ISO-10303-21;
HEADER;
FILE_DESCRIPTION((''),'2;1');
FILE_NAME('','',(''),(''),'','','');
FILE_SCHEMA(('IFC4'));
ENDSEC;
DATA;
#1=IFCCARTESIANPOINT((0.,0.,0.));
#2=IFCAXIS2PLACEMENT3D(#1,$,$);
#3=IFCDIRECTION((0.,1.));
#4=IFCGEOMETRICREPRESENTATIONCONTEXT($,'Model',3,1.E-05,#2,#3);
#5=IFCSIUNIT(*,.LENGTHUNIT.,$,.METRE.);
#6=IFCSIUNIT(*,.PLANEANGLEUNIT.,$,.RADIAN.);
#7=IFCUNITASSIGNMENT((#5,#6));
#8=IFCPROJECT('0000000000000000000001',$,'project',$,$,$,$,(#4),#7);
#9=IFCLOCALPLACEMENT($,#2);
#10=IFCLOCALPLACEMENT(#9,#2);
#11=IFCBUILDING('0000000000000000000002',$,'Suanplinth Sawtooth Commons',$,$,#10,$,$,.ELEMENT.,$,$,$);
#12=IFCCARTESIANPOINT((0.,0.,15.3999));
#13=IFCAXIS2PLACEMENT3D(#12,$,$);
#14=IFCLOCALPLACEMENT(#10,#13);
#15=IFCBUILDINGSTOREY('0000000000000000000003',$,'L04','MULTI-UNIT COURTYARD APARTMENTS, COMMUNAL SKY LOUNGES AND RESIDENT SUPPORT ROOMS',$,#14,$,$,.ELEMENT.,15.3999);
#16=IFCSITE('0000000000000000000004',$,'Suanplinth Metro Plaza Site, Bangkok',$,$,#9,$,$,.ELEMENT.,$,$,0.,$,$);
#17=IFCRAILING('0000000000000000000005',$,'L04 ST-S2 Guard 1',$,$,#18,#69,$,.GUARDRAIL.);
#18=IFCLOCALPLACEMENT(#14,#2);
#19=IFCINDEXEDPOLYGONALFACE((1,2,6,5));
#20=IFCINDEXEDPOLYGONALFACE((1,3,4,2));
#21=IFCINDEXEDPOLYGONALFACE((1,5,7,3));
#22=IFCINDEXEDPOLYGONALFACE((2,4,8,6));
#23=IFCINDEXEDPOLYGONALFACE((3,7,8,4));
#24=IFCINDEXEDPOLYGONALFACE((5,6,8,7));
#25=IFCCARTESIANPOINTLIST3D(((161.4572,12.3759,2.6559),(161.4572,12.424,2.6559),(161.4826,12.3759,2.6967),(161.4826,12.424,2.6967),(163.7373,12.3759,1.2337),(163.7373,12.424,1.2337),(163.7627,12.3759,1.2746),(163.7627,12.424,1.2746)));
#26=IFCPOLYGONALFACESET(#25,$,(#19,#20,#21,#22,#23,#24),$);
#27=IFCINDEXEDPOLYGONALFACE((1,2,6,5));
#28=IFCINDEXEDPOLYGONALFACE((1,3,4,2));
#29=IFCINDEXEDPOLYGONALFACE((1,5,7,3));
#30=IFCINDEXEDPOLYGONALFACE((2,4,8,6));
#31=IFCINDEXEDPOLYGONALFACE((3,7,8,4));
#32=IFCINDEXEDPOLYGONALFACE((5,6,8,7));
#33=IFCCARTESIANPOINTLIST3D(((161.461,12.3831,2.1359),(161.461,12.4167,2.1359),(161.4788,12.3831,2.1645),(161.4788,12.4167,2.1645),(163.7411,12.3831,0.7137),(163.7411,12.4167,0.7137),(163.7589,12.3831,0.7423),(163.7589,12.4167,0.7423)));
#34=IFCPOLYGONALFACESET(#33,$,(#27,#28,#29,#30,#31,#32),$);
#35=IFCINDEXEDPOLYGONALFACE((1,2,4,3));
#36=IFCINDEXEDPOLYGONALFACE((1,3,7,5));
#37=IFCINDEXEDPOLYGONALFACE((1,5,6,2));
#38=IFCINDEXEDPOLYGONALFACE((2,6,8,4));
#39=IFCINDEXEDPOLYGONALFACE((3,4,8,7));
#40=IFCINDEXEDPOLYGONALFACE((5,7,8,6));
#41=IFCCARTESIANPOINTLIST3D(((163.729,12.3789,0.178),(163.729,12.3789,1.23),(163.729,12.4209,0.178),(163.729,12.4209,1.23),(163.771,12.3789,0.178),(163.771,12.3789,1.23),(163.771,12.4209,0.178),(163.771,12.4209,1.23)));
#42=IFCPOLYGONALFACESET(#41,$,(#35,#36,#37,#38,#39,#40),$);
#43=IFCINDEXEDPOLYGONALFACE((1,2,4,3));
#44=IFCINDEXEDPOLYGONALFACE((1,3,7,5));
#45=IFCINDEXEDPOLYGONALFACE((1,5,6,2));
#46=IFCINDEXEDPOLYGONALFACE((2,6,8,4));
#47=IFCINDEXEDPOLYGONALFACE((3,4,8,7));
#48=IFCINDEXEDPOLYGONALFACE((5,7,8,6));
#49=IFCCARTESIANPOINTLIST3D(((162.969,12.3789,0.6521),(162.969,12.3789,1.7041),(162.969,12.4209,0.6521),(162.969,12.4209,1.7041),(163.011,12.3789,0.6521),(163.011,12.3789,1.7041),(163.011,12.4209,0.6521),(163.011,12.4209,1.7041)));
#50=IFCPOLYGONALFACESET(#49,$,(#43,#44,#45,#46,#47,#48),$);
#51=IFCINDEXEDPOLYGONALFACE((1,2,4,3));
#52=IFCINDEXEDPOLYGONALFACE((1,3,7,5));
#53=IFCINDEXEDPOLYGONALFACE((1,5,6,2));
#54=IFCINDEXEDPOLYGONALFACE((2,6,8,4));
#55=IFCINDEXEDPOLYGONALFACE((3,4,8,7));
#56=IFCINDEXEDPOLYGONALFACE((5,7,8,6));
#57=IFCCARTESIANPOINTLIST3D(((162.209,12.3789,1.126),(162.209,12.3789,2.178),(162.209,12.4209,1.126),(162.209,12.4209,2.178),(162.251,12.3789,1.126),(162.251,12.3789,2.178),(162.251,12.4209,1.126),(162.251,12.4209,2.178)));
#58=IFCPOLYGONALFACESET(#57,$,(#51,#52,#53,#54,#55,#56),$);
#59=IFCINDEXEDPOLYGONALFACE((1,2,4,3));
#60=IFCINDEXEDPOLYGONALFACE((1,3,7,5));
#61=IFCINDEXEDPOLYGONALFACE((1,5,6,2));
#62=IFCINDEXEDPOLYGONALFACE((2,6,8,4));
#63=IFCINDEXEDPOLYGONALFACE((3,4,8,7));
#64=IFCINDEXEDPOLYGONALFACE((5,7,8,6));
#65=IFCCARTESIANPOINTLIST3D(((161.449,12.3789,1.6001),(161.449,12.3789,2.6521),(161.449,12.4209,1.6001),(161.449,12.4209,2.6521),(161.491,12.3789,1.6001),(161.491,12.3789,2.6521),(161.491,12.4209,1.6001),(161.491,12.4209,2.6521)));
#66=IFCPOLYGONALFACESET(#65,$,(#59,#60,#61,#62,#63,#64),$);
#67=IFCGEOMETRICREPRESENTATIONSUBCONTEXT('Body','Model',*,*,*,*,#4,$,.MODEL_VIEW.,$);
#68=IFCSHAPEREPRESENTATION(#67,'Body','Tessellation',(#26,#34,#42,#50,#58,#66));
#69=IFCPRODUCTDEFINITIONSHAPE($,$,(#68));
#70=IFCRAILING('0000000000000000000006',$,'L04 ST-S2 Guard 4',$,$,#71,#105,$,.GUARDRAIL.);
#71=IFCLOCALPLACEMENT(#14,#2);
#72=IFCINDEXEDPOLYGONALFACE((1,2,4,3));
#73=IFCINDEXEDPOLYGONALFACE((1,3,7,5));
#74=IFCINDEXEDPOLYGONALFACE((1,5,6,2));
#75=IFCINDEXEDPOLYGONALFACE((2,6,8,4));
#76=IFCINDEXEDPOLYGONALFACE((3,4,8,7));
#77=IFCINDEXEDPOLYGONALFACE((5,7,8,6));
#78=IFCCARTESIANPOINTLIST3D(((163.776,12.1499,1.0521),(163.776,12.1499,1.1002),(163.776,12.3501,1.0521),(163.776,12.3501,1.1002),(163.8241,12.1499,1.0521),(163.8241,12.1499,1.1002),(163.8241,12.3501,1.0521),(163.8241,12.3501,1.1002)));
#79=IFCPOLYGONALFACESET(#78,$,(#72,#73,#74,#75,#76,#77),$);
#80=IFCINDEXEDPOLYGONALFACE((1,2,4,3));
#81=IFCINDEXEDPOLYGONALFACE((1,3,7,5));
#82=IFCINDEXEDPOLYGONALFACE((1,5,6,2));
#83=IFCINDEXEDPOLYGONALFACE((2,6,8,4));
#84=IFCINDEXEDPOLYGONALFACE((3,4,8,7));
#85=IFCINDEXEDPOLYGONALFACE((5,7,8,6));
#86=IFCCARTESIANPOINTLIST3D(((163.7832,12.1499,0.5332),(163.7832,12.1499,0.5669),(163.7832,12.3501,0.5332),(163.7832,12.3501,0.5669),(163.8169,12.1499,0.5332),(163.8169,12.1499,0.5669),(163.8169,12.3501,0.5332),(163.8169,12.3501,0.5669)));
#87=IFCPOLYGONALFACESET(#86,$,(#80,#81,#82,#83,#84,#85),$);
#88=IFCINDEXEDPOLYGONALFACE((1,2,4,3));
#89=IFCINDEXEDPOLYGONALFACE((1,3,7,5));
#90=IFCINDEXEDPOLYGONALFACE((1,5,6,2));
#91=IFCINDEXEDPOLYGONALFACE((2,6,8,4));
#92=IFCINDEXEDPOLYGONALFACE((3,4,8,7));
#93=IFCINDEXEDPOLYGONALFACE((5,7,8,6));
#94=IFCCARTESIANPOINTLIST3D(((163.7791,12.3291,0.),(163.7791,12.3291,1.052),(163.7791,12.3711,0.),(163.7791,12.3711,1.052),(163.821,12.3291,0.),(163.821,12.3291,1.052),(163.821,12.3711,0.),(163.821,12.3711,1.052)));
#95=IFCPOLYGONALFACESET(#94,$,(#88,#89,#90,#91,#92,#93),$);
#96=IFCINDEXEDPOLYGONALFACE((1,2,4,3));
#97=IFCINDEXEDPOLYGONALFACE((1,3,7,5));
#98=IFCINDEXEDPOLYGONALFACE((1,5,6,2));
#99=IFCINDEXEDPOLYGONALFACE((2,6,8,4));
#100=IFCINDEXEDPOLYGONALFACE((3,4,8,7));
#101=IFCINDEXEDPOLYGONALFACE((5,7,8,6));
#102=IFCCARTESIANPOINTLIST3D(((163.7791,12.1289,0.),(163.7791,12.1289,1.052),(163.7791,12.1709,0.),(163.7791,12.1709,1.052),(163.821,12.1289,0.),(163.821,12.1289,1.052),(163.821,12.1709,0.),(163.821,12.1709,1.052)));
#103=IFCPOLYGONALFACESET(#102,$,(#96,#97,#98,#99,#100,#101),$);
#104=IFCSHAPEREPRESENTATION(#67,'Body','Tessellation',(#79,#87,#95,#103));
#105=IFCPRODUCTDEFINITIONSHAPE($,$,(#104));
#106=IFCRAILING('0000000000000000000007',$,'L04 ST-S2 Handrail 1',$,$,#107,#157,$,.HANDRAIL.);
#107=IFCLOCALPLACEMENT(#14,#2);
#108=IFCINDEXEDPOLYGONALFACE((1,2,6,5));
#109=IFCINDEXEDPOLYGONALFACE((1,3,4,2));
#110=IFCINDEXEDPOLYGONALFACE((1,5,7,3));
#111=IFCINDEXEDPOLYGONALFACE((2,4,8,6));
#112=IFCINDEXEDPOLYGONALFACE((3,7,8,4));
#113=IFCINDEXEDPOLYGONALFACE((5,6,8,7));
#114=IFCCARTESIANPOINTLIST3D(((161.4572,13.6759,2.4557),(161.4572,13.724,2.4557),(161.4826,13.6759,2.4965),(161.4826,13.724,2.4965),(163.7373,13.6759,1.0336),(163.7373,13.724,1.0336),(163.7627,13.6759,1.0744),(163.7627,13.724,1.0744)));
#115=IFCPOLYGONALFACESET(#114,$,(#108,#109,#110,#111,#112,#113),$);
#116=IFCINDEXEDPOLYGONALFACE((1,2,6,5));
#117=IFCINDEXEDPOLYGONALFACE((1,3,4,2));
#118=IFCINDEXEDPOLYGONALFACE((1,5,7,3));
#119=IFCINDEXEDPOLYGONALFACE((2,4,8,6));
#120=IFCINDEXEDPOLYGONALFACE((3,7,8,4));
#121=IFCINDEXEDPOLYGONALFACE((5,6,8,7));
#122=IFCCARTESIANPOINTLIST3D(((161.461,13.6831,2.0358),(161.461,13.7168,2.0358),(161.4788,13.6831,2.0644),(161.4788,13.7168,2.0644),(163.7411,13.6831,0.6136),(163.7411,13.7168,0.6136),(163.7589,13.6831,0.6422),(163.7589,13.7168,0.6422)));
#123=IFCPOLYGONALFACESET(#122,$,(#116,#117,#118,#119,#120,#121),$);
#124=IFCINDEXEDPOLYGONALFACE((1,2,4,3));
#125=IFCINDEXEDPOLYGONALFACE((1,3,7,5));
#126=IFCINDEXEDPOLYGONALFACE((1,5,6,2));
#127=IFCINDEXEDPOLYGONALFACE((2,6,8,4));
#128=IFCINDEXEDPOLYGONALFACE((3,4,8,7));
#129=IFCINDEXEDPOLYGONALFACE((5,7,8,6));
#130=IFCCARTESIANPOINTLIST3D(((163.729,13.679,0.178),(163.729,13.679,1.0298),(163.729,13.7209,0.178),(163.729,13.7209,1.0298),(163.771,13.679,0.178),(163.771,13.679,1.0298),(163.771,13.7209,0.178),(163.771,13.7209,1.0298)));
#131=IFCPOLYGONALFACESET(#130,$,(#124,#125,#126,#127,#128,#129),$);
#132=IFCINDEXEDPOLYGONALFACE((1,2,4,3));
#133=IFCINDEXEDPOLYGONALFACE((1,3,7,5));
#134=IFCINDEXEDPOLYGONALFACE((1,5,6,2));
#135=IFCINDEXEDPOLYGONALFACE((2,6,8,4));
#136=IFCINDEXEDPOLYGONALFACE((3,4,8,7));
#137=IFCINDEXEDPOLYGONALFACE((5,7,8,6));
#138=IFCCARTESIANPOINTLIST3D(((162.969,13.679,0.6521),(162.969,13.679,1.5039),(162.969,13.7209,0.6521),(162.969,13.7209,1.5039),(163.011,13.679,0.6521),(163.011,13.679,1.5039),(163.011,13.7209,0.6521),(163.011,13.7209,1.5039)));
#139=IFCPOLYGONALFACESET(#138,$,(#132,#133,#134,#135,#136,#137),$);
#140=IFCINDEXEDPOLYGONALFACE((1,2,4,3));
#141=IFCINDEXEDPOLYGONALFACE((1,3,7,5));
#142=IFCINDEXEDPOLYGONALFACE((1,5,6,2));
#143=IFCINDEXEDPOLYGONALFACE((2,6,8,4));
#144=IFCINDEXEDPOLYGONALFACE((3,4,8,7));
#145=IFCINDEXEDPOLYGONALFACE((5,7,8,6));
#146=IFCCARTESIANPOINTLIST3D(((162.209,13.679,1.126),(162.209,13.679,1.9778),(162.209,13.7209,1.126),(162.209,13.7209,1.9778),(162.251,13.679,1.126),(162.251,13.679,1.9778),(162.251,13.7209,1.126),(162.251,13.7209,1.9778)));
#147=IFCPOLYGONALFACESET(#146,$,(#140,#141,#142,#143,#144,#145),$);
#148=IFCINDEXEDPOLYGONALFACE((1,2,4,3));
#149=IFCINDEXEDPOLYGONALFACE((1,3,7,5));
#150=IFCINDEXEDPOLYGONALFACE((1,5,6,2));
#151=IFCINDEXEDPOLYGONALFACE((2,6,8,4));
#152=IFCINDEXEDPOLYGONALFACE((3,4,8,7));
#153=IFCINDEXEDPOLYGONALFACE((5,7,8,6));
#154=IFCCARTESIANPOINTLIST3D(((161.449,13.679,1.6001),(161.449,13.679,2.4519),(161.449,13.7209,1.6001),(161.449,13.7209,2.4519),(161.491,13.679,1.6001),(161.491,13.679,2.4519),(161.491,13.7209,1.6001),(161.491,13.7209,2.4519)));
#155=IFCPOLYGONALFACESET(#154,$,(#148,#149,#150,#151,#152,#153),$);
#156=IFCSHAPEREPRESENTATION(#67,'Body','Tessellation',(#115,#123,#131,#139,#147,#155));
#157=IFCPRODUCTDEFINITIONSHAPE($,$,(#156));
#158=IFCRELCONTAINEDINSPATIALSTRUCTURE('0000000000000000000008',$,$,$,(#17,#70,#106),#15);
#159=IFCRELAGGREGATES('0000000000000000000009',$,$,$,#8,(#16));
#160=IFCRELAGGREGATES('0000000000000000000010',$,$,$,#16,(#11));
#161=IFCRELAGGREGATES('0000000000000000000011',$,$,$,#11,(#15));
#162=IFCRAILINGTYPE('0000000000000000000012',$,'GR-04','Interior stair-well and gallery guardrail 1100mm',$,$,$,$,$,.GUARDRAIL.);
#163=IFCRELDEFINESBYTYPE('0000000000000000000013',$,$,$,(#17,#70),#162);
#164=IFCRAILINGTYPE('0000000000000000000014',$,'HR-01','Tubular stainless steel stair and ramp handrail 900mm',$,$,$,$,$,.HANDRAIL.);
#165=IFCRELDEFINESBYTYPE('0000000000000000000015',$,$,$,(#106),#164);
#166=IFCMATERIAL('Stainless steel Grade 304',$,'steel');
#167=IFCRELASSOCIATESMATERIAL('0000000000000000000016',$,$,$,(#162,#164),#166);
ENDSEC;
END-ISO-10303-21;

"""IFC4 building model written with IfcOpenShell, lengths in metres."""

from ifc_helpers import new_model, si_unit, direction, frame, origin, origin_2d, place, context, subcontext, project, spatial, rectangle, extrude, material, type_object, element, save


model = new_model("IFC4")

# Units and contexts
model_context = context("Model", 3, precision=1e-05, world=origin(), true_north=direction((0.0, 1.0)))
body_context = subcontext(model_context, "Body", "Model", "MODEL_VIEW")
ifc_project = project(units=[si_unit("LENGTHUNIT", "METRE"), si_unit("PLANEANGLEUNIT", "RADIAN")], contexts=[model_context])

# Site, building, storey
site_placement = place(None, origin())
site = spatial("IfcSite", under=ifc_project, at=site_placement, Name="Suanplinth Metro Plaza Site, Bangkok", CompositionType="ELEMENT", RefElevation=0.0)
building_placement = place(site_placement, origin())
building = spatial("IfcBuilding", under=site, at=building_placement, Name="Suanplinth Sawtooth Commons", CompositionType="ELEMENT")
storey_placement = place(building_placement, frame((0.0, 0.0, 15.3999)))
storey = spatial("IfcBuildingStorey", under=building, at=storey_placement, Name="L04", Description="MULTI-UNIT COURTYARD APARTMENTS, COMMUNAL SKY LOUNGES AND RESIDENT SUPPORT ROOMS", CompositionType="ELEMENT", Elevation=15.3999)

# Railings
ifc_material_1 = material(Name="Stainless steel Grade 304", Category="steel")
railing_type_1 = type_object("IfcRailingType", Name="GR-04", Description="Interior stair-well and gallery guardrail 1100mm", PredefinedType="GUARDRAIL", material=ifc_material_1)
railing_1_placement = place(storey_placement, frame((163.75, 12.3999, 0.178)))
element("IfcRailing", 1, at=railing_1_placement, inside=storey, type_object=railing_type_1, Name="L04 ST-S2 Guard 1", PredefinedType="GUARDRAIL", context=body_context, shape_type="SweptSolid", body=[
    extrude(rectangle(XDim=0.0481, YDim=0.0481, at=origin_2d()), frame((0.0, 0.0, 1.0762), z_axis=(-0.848483, 0.0, 0.529223), x_axis=(0.0, -1.0, 0.0)), (0.0, 0.0, 1.0), 2.6873),
    extrude(rectangle(XDim=0.0337, YDim=0.0337, at=origin_2d()), frame((0.0, 0.0, 0.55), z_axis=(-0.848483, 0.0, 0.529223), x_axis=(0.0, -1.0, 0.0)), (0.0, 0.0, 1.0), 2.6873),
    extrude(rectangle(XDim=0.042, YDim=0.042, at=origin_2d()), origin(), (0.0, 0.0, 1.0), 1.052),
    extrude(rectangle(XDim=0.042, YDim=0.042, at=origin_2d()), frame((-0.76, 0.0, 0.4741)), (0.0, 0.0, 1.0), 1.052),
    extrude(rectangle(XDim=0.042, YDim=0.042, at=origin_2d()), frame((-1.52, 0.0, 0.948)), (0.0, 0.0, 1.0), 1.052),
    extrude(rectangle(XDim=0.042, YDim=0.042, at=origin_2d()), frame((-2.28, 0.0, 1.4221)), (0.0, 0.0, 1.0), 1.052),
])
railing_2_placement = place(storey_placement, frame((163.8, 12.3501, 0.0)))
element("IfcRailing", 2, at=railing_2_placement, inside=storey, type_object=railing_type_1, Name="L04 ST-S2 Guard 4", PredefinedType="GUARDRAIL", context=body_context, shape_type="SweptSolid", body=[
    extrude(rectangle(XDim=0.0481, YDim=0.0481, at=origin_2d()), frame((0.0, 0.0, 1.0762), z_axis=(0.0, -1.0, 0.0), x_axis=(1.0, 0.0, 0.0)), (0.0, 0.0, 1.0), 0.2002),
    extrude(rectangle(XDim=0.0337, YDim=0.0337, at=origin_2d()), frame((0.0, 0.0, 0.55), z_axis=(0.0, -1.0, 0.0), x_axis=(1.0, 0.0, 0.0)), (0.0, 0.0, 1.0), 0.2002),
    extrude(rectangle(XDim=0.042, YDim=0.042, at=origin_2d()), origin(), (0.0, 0.0, 1.0), 1.052),
    extrude(rectangle(XDim=0.042, YDim=0.042, at=origin_2d()), frame((0.0, -0.2002, 0.0)), (0.0, 0.0, 1.0), 1.052),
])
railing_type_2 = type_object("IfcRailingType", Name="HR-01", Description="Tubular stainless steel stair and ramp handrail 900mm", PredefinedType="HANDRAIL", material=ifc_material_1)
railing_3_placement = place(storey_placement, frame((163.75, 13.7, 0.178)))
element("IfcRailing", 3, at=railing_3_placement, inside=storey, type_object=railing_type_2, Name="L04 ST-S2 Handrail 1", PredefinedType="HANDRAIL", context=body_context, shape_type="SweptSolid", body=[
    extrude(rectangle(XDim=0.0481, YDim=0.0481, at=origin_2d()), frame((0.0, 0.0, 0.876), z_axis=(-0.848483, 0.0, 0.529223), x_axis=(0.0, -1.0, 0.0)), (0.0, 0.0, 1.0), 2.6873),
    extrude(rectangle(XDim=0.0337, YDim=0.0337, at=origin_2d()), frame((0.0, 0.0, 0.45), z_axis=(-0.848483, 0.0, 0.529223), x_axis=(0.0, -1.0, 0.0)), (0.0, 0.0, 1.0), 2.6873),
    extrude(rectangle(XDim=0.042, YDim=0.042, at=origin_2d()), origin(), (0.0, 0.0, 1.0), 0.8518),
    extrude(rectangle(XDim=0.042, YDim=0.042, at=origin_2d()), frame((-0.76, 0.0, 0.4741)), (0.0, 0.0, 1.0), 0.8518),
    extrude(rectangle(XDim=0.042, YDim=0.042, at=origin_2d()), frame((-1.52, 0.0, 0.948)), (0.0, 0.0, 1.0), 0.8518),
    extrude(rectangle(XDim=0.042, YDim=0.042, at=origin_2d()), frame((-2.28, 0.0, 1.4221)), (0.0, 0.0, 1.0), 0.8518),
])

save(model, "model.ifc")
